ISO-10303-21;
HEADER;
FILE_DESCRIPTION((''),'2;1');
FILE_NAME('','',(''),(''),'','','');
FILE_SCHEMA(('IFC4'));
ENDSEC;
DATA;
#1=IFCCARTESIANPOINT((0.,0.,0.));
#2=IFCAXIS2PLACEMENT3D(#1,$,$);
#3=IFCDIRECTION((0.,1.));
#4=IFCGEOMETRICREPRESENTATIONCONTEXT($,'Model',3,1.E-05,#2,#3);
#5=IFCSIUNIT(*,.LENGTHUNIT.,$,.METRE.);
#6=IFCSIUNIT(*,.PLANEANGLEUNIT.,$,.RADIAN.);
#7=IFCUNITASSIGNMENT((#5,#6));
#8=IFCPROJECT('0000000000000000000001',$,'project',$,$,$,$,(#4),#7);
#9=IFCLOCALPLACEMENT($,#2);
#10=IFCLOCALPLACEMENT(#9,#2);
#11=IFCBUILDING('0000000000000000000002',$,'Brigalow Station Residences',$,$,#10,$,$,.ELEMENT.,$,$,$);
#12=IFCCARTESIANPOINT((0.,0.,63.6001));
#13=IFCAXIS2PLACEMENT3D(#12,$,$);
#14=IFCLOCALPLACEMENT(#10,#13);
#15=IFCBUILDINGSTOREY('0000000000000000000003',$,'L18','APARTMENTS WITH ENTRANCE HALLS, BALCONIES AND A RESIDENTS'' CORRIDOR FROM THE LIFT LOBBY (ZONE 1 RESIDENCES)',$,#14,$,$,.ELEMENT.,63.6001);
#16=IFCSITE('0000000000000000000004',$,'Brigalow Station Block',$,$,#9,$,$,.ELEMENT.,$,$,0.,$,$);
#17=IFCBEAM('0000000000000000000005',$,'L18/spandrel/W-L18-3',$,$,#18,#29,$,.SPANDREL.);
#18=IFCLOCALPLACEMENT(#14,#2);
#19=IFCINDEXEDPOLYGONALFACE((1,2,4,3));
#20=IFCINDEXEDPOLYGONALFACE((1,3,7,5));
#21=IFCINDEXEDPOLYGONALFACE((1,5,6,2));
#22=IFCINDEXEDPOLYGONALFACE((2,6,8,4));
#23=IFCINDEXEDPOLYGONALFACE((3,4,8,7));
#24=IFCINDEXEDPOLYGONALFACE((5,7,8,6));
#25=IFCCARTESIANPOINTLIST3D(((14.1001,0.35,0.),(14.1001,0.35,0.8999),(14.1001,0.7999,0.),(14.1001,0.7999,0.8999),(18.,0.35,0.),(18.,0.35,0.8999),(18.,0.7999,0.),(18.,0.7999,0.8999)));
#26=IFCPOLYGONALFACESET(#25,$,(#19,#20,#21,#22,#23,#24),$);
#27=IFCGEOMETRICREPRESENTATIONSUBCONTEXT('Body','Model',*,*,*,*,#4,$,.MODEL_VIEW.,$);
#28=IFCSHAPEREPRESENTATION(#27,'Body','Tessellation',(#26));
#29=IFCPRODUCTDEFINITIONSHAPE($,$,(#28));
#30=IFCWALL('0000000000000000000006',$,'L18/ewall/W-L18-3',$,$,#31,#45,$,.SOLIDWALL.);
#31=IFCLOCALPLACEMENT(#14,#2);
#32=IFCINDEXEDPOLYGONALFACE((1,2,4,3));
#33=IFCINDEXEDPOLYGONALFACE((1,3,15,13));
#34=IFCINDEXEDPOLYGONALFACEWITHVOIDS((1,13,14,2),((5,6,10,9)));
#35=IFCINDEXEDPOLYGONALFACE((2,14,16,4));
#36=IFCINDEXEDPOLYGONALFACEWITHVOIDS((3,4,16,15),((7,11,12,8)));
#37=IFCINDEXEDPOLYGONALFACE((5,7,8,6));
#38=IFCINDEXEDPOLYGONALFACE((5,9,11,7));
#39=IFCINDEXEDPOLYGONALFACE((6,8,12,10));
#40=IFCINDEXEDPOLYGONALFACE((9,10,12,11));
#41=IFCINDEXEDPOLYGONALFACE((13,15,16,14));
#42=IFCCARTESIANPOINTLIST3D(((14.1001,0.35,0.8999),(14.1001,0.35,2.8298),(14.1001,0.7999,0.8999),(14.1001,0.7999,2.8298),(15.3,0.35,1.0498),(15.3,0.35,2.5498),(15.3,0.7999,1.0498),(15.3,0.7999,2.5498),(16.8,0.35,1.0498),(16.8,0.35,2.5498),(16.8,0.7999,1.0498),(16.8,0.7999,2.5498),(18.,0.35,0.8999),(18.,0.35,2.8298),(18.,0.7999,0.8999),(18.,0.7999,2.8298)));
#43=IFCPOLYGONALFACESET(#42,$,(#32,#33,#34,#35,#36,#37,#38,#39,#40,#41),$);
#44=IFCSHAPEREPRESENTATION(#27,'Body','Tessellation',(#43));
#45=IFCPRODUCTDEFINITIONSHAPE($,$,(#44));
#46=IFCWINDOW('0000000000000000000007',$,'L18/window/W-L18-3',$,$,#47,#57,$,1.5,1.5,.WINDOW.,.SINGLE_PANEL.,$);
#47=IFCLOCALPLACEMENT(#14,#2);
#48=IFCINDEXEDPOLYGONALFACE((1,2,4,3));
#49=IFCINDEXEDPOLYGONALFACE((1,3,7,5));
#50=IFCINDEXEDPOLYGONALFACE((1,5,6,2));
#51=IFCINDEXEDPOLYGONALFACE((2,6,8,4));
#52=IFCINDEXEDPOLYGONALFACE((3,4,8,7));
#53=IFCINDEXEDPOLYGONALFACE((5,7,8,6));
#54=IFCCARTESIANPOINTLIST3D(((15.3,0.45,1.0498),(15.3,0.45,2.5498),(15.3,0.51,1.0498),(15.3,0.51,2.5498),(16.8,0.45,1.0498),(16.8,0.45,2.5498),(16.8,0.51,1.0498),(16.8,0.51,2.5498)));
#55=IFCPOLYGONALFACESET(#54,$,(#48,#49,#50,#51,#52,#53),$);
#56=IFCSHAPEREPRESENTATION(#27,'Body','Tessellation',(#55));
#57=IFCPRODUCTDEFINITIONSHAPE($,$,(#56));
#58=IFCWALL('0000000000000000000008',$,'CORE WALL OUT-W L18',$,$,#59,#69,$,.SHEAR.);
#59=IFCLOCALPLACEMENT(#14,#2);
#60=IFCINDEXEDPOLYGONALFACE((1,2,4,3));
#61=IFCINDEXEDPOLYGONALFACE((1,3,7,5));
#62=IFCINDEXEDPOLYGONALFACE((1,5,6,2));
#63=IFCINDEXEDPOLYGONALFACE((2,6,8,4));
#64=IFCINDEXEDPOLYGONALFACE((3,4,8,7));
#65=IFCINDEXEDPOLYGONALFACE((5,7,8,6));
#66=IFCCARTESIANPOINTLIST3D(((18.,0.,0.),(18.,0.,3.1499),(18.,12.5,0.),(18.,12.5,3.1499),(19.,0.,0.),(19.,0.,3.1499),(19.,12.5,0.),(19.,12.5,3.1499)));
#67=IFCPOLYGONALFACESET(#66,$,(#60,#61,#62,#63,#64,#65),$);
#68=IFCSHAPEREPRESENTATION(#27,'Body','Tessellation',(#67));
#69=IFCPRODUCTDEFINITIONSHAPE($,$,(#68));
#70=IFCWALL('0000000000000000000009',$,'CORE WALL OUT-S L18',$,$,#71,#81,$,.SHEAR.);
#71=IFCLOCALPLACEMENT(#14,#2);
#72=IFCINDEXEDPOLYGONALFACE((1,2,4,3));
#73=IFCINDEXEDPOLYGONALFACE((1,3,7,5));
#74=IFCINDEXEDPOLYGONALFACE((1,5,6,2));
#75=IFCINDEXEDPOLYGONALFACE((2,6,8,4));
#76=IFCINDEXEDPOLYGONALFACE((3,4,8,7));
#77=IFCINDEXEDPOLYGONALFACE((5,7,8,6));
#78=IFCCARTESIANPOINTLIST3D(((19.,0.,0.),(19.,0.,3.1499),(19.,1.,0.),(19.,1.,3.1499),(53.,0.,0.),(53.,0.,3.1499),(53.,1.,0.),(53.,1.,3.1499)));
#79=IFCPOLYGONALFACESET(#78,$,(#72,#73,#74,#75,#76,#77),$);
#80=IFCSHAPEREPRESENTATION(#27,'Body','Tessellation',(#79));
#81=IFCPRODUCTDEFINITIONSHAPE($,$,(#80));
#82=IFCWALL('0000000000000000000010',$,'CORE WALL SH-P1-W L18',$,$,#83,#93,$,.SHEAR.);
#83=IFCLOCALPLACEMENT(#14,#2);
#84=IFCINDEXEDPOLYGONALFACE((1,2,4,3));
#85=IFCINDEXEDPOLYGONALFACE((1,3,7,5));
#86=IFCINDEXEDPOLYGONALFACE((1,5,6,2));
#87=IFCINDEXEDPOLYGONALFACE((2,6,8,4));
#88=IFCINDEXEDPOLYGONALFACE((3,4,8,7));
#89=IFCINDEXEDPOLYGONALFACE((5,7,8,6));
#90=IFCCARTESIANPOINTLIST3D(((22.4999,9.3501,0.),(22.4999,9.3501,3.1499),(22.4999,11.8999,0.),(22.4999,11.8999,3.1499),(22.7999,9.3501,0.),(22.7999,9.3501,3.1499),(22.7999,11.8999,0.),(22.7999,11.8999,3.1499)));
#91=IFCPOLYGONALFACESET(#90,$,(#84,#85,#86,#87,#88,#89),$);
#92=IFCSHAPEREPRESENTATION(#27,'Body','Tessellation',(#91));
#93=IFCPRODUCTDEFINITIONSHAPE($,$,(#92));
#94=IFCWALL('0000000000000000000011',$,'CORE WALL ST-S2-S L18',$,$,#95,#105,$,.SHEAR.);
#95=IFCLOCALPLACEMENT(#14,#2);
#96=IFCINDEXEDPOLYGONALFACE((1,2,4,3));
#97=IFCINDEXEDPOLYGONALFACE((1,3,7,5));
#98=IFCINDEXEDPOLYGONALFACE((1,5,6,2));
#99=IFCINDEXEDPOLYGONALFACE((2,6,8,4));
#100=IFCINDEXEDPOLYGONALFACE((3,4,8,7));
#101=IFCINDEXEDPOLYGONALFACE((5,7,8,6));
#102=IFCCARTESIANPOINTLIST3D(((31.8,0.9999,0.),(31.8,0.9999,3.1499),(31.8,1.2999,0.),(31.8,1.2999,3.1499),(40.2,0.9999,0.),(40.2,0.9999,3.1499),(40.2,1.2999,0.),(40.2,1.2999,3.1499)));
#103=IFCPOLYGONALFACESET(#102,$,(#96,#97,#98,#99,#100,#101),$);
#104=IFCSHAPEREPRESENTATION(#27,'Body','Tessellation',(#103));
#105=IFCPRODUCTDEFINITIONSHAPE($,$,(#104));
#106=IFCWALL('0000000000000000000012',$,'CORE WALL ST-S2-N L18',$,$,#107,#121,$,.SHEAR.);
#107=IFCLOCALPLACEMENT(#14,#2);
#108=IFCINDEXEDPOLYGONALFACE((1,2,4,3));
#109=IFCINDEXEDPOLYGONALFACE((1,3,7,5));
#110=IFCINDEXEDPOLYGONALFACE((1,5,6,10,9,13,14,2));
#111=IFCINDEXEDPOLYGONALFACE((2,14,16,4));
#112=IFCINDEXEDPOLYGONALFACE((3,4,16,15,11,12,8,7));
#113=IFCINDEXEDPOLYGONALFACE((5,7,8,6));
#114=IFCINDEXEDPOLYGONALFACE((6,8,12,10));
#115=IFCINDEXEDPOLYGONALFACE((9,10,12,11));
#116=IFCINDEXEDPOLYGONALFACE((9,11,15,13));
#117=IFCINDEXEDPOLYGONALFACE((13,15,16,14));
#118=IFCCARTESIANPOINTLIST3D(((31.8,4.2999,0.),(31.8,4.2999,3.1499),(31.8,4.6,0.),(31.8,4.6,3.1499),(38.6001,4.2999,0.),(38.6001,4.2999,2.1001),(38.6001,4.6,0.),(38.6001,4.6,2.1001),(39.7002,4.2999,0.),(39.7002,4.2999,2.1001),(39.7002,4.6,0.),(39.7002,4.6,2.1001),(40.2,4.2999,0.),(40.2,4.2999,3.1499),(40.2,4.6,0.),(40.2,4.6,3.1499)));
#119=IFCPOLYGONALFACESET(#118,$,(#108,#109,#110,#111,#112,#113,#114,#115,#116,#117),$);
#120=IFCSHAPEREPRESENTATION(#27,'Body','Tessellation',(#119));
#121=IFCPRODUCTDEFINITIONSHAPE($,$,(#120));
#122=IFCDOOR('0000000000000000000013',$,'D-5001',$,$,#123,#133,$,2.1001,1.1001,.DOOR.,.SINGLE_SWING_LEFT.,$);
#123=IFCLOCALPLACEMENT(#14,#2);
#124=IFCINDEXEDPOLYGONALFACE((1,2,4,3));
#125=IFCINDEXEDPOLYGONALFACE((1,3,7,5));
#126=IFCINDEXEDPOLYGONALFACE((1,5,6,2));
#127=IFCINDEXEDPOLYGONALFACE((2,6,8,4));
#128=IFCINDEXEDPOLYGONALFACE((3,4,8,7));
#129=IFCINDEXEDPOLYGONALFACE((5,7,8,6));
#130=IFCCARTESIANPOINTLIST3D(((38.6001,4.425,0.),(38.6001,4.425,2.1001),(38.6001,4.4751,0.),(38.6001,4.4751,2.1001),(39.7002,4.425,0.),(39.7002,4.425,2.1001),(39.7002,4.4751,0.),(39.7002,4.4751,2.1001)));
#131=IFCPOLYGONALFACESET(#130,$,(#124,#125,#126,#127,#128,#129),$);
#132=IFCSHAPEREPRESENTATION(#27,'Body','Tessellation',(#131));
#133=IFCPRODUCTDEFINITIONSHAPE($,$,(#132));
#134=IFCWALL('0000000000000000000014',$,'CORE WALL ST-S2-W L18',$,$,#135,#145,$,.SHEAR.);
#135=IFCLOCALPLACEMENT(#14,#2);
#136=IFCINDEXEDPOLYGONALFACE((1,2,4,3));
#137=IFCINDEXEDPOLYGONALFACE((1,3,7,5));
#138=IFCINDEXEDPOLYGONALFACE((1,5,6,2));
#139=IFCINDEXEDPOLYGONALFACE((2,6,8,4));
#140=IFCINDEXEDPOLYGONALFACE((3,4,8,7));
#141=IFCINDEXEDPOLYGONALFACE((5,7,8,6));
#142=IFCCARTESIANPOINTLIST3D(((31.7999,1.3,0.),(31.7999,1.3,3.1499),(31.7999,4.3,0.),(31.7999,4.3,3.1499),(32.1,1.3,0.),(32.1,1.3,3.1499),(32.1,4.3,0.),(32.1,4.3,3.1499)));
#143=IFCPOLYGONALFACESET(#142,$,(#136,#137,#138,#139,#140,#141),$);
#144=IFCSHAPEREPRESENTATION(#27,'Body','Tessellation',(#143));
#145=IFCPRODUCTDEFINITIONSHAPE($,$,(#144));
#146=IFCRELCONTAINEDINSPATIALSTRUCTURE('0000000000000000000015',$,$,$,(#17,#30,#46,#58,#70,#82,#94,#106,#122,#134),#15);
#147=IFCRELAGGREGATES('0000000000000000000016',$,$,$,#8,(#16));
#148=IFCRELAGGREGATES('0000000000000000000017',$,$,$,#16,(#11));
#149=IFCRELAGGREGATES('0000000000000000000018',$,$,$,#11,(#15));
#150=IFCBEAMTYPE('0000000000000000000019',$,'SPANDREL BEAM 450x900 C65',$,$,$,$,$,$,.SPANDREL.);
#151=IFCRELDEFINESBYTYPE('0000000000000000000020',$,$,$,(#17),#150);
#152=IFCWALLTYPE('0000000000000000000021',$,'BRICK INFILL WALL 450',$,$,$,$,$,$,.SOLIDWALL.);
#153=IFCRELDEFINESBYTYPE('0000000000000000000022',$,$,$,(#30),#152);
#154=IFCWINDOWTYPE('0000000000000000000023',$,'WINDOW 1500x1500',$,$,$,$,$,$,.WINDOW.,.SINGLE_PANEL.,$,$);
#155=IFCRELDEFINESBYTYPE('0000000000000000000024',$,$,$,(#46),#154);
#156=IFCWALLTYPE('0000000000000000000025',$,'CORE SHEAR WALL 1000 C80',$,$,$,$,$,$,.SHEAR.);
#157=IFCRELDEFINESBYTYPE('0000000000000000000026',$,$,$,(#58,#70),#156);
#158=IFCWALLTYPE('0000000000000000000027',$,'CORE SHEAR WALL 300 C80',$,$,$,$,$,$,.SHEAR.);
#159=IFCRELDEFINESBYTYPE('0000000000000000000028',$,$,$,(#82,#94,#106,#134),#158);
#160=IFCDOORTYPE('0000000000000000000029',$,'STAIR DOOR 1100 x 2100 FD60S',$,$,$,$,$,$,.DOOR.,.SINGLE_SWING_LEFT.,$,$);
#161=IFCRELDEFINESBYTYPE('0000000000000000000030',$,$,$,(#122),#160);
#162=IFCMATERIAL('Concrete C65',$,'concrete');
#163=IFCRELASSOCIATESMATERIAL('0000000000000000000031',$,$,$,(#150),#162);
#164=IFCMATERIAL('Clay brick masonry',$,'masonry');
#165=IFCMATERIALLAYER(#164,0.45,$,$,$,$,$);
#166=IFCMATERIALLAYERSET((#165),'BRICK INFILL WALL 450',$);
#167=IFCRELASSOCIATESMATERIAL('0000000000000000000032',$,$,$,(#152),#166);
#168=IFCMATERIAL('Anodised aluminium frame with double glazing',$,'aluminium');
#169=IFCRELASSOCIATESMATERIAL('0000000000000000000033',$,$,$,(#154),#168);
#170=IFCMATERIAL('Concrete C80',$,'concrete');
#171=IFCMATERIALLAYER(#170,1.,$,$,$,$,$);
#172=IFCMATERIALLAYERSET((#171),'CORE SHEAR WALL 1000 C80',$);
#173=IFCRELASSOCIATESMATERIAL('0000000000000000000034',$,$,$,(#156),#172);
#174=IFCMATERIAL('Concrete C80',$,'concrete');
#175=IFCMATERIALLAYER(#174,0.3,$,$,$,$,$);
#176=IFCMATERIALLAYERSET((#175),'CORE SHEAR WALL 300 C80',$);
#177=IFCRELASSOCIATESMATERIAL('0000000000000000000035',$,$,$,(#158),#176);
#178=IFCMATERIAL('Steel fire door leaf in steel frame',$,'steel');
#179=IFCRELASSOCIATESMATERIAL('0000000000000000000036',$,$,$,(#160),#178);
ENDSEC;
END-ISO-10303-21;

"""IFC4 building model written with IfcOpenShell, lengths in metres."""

from ifc_helpers import new_model, si_unit, direction, frame, frame_2d, origin, origin_2d, place, context, subcontext, project, spatial, rectangle, extrude, material, layer, layer_set, material_profile, profile_set, type_object, element, fill, save


model = new_model("IFC4")

# Units and contexts
model_context = context("Model", 3, precision=1e-05, world=origin(), true_north=direction((0.0, 1.0)))
body_context = subcontext(model_context, "Body", "Model", "MODEL_VIEW")
ifc_project = project(units=[si_unit("LENGTHUNIT", "METRE"), si_unit("PLANEANGLEUNIT", "RADIAN")], contexts=[model_context])

# Site, building, storey
site_placement = place(None, origin())
site = spatial("IfcSite", under=ifc_project, at=site_placement, Name="Brigalow Station Block", CompositionType="ELEMENT", RefElevation=0.0)
building_placement = place(site_placement, origin())
building = spatial("IfcBuilding", under=site, at=building_placement, Name="Brigalow Station Residences", CompositionType="ELEMENT")
storey_placement = place(building_placement, frame((0.0, 0.0, 63.6001)))
storey = spatial("IfcBuildingStorey", under=building, at=storey_placement, Name="L18", Description="APARTMENTS WITH ENTRANCE HALLS, BALCONIES AND A RESIDENTS' CORRIDOR FROM THE LIFT LOBBY (ZONE 1 RESIDENCES)", CompositionType="ELEMENT", Elevation=63.6001)

# Beam
ifc_material_1 = material(Name="Concrete C65", Category="concrete")
ifc_material_profile = material_profile(ifc_material_1, rectangle(XDim=0.45, YDim=0.8999, at=origin_2d()), Name="RC450x900")
ifc_profile_set = profile_set([ifc_material_profile], Name="Concrete C65")
beam_type = type_object("IfcBeamType", Name="SPANDREL BEAM 450x900 C65", PredefinedType="SPANDREL", material=ifc_profile_set)
beam_placement = place(storey_placement, frame((14.1001, 0.575, 0.45), z_axis=(1.0, 0.0, 0.0), x_axis=(0.0, 1.0, 0.0)))
element("IfcBeam", 1, at=beam_placement, inside=storey, type_object=beam_type, Name="L18/spandrel/W-L18-3", PredefinedType="SPANDREL", context=body_context, shape_type="SweptSolid", body=[
    extrude(rectangle(XDim=0.45, YDim=0.8999, at=origin_2d()), origin(), (0.0, 0.0, 1.0), 3.8999),
])

# Wall, opening, window
ifc_material_2 = material(Name="Clay brick masonry", Category="masonry")
ifc_layer_1 = layer(ifc_material_2, 0.45)
ifc_layer_set_1 = layer_set([ifc_layer_1], Name="BRICK INFILL WALL 450")
wall_type_1 = type_object("IfcWallType", Name="BRICK INFILL WALL 450", PredefinedType="SOLIDWALL", material=ifc_layer_set_1)
wall_1_placement = place(storey_placement, frame((14.1001, 0.575, 0.8999), z_axis=(0.0, 0.0, 1.0), x_axis=(1.0, 0.0, 0.0)))
wall_1 = element("IfcWall", 2, at=wall_1_placement, inside=storey, type_object=wall_type_1, Name="L18/ewall/W-L18-3", PredefinedType="SOLIDWALL", context=body_context, shape_type="SweptSolid", body=[
    extrude(rectangle(XDim=3.8999, YDim=0.45, at=frame_2d((1.95, 0.0))), origin(), (0.0, 0.0, 1.0), 1.9299),
])
opening_1_placement = place(wall_1_placement, frame((1.2, 0.0, 0.1499)))
opening_1 = element("IfcOpeningElement", 3, at=opening_1_placement, cuts=wall_1, PredefinedType="OPENING", context=body_context, shape_type="SweptSolid", body=[
    extrude(rectangle(XDim=1.5, YDim=1.5, at=frame_2d((0.75, 0.75))), frame((0.0, 0.2349, 0.0), z_axis=(0.0, -1.0, 0.0), x_axis=(1.0, 0.0, 0.0)), (0.0, 0.0, 1.0), 0.47),
])
ifc_material_3 = material(Name="Anodised aluminium frame with double glazing", Category="aluminium")
window_type = type_object("IfcWindowType", Name="WINDOW 1500x1500", PartitioningType="SINGLE_PANEL", PredefinedType="WINDOW", material=ifc_material_3)
window_placement = place(opening_1_placement, origin())
window = element("IfcWindow", 4, at=window_placement, inside=storey, type_object=window_type, Name="L18/window/W-L18-3", OverallHeight=1.5, OverallWidth=1.5, PartitioningType="SINGLE_PANEL", PredefinedType="WINDOW", context=body_context, shape_type="SweptSolid", body=[
    extrude(rectangle(XDim=1.5, YDim=1.5, at=frame_2d((0.75, 0.75))), frame((0.0, -0.0649, 0.0), z_axis=(0.0, -1.0, 0.0), x_axis=(1.0, 0.0, 0.0)), (0.0, 0.0, 1.0), 0.0601),
])
fill(opening_1, window)

# Walls
ifc_material_4 = material(Name="Concrete C80", Category="concrete")
ifc_layer_2 = layer(ifc_material_4, 1.0)
ifc_layer_set_2 = layer_set([ifc_layer_2], Name="CORE SHEAR WALL 1000 C80")
wall_type_2 = type_object("IfcWallType", Name="CORE SHEAR WALL 1000 C80", PredefinedType="SHEAR", material=ifc_layer_set_2)
wall_2_placement = place(storey_placement, frame((18.5, 0.0, 0.0), z_axis=(0.0, 0.0, 1.0), x_axis=(0.0, 1.0, 0.0)))
element("IfcWall", 5, at=wall_2_placement, inside=storey, type_object=wall_type_2, Name="CORE WALL OUT-W L18", PredefinedType="SHEAR", context=body_context, shape_type="SweptSolid", body=[
    extrude(rectangle(XDim=12.5, YDim=1.0, at=frame_2d((6.25, 0.0))), origin(), (0.0, 0.0, 1.0), 3.1499),
])
wall_3_placement = place(storey_placement, frame((19.0, 0.5, 0.0), z_axis=(0.0, 0.0, 1.0), x_axis=(1.0, 0.0, 0.0)))
element("IfcWall", 6, at=wall_3_placement, inside=storey, type_object=wall_type_2, Name="CORE WALL OUT-S L18", PredefinedType="SHEAR", context=body_context, shape_type="SweptSolid", body=[
    extrude(rectangle(XDim=34.0, YDim=1.0, at=frame_2d((17.0, 0.0))), origin(), (0.0, 0.0, 1.0), 3.1499),
])
ifc_material_5 = material(Name="Concrete C80", Category="concrete")
ifc_layer_3 = layer(ifc_material_5, 0.3)
ifc_layer_set_3 = layer_set([ifc_layer_3], Name="CORE SHEAR WALL 300 C80")
wall_type_3 = type_object("IfcWallType", Name="CORE SHEAR WALL 300 C80", PredefinedType="SHEAR", material=ifc_layer_set_3)
wall_4_placement = place(storey_placement, frame((22.6499, 9.3501, 0.0), z_axis=(0.0, 0.0, 1.0), x_axis=(0.0, 1.0, 0.0)))
element("IfcWall", 7, at=wall_4_placement, inside=storey, type_object=wall_type_3, Name="CORE WALL SH-P1-W L18", PredefinedType="SHEAR", context=body_context, shape_type="SweptSolid", body=[
    extrude(rectangle(XDim=2.5498, YDim=0.3, at=frame_2d((1.2749, 0.0))), origin(), (0.0, 0.0, 1.0), 3.1499),
])
wall_5_placement = place(storey_placement, frame((31.8, 1.1499, 0.0), z_axis=(0.0, 0.0, 1.0), x_axis=(1.0, 0.0, 0.0)))
element("IfcWall", 8, at=wall_5_placement, inside=storey, type_object=wall_type_3, Name="CORE WALL ST-S2-S L18", PredefinedType="SHEAR", context=body_context, shape_type="SweptSolid", body=[
    extrude(rectangle(XDim=8.3999, YDim=0.3, at=frame_2d((4.2, 0.0))), origin(), (0.0, 0.0, 1.0), 3.1499),
])

# Wall, opening, door
wall_6_placement = place(storey_placement, frame((31.8, 4.45, 0.0), z_axis=(0.0, 0.0, 1.0), x_axis=(1.0, 0.0, 0.0)))
wall_6 = element("IfcWall", 9, at=wall_6_placement, inside=storey, type_object=wall_type_3, Name="CORE WALL ST-S2-N L18", PredefinedType="SHEAR", context=body_context, shape_type="SweptSolid", body=[
    extrude(rectangle(XDim=8.3999, YDim=0.3, at=frame_2d((4.2, 0.0))), origin(), (0.0, 0.0, 1.0), 3.1499),
])
opening_2_placement = place(wall_6_placement, frame((6.8, 0.0, 0.0)))
opening_2 = element("IfcOpeningElement", 10, at=opening_2_placement, cuts=wall_6, PredefinedType="OPENING", context=body_context, shape_type="SweptSolid", body=[
    extrude(rectangle(XDim=1.1001, YDim=2.1001, at=frame_2d((0.55, 1.05))), frame((0.0, 0.1602, 0.0), z_axis=(0.0, -1.0, 0.0), x_axis=(1.0, 0.0, 0.0)), (0.0, 0.0, 1.0), 0.3201),
])
ifc_material_6 = material(Name="Steel fire door leaf in steel frame", Category="steel")
door_type_1 = type_object("IfcDoorType", Name="STAIR DOOR 1100 x 2100 FD60S", OperationType="SINGLE_SWING_LEFT", PredefinedType="DOOR", material=ifc_material_6)
door_1_placement = place(opening_2_placement, frame((1.1001, 0.0, 0.0), z_axis=(0.0, 0.0, 1.0), x_axis=(-1.0, 0.0, 0.0)))
door_1 = element("IfcDoor", 11, at=door_1_placement, inside=storey, type_object=door_type_1, Name="D-5001", OperationType="SINGLE_SWING_LEFT", OverallHeight=2.1001, OverallWidth=1.1001, PredefinedType="DOOR", context=body_context, shape_type="SweptSolid", body=[
    extrude(rectangle(XDim=1.1001, YDim=2.1001, at=frame_2d((0.55, 1.05))), frame((0.0, 0.0249, 0.0), z_axis=(0.0, -1.0, 0.0), x_axis=(1.0, 0.0, 0.0)), (0.0, 0.0, 1.0), 0.05),
])
fill(opening_2, door_1)

# Wall
wall_7_placement = place(storey_placement, frame((31.95, 1.3, 0.0), z_axis=(0.0, 0.0, 1.0), x_axis=(0.0, 1.0, 0.0)))
element("IfcWall", 12, at=wall_7_placement, inside=storey, type_object=wall_type_3, Name="CORE WALL ST-S2-W L18", PredefinedType="SHEAR", context=body_context, shape_type="SweptSolid", body=[
    extrude(rectangle(XDim=3.0, YDim=0.3, at=frame_2d((1.5, 0.0))), origin(), (0.0, 0.0, 1.0), 3.1499),
])

save(model, "model.ifc")
